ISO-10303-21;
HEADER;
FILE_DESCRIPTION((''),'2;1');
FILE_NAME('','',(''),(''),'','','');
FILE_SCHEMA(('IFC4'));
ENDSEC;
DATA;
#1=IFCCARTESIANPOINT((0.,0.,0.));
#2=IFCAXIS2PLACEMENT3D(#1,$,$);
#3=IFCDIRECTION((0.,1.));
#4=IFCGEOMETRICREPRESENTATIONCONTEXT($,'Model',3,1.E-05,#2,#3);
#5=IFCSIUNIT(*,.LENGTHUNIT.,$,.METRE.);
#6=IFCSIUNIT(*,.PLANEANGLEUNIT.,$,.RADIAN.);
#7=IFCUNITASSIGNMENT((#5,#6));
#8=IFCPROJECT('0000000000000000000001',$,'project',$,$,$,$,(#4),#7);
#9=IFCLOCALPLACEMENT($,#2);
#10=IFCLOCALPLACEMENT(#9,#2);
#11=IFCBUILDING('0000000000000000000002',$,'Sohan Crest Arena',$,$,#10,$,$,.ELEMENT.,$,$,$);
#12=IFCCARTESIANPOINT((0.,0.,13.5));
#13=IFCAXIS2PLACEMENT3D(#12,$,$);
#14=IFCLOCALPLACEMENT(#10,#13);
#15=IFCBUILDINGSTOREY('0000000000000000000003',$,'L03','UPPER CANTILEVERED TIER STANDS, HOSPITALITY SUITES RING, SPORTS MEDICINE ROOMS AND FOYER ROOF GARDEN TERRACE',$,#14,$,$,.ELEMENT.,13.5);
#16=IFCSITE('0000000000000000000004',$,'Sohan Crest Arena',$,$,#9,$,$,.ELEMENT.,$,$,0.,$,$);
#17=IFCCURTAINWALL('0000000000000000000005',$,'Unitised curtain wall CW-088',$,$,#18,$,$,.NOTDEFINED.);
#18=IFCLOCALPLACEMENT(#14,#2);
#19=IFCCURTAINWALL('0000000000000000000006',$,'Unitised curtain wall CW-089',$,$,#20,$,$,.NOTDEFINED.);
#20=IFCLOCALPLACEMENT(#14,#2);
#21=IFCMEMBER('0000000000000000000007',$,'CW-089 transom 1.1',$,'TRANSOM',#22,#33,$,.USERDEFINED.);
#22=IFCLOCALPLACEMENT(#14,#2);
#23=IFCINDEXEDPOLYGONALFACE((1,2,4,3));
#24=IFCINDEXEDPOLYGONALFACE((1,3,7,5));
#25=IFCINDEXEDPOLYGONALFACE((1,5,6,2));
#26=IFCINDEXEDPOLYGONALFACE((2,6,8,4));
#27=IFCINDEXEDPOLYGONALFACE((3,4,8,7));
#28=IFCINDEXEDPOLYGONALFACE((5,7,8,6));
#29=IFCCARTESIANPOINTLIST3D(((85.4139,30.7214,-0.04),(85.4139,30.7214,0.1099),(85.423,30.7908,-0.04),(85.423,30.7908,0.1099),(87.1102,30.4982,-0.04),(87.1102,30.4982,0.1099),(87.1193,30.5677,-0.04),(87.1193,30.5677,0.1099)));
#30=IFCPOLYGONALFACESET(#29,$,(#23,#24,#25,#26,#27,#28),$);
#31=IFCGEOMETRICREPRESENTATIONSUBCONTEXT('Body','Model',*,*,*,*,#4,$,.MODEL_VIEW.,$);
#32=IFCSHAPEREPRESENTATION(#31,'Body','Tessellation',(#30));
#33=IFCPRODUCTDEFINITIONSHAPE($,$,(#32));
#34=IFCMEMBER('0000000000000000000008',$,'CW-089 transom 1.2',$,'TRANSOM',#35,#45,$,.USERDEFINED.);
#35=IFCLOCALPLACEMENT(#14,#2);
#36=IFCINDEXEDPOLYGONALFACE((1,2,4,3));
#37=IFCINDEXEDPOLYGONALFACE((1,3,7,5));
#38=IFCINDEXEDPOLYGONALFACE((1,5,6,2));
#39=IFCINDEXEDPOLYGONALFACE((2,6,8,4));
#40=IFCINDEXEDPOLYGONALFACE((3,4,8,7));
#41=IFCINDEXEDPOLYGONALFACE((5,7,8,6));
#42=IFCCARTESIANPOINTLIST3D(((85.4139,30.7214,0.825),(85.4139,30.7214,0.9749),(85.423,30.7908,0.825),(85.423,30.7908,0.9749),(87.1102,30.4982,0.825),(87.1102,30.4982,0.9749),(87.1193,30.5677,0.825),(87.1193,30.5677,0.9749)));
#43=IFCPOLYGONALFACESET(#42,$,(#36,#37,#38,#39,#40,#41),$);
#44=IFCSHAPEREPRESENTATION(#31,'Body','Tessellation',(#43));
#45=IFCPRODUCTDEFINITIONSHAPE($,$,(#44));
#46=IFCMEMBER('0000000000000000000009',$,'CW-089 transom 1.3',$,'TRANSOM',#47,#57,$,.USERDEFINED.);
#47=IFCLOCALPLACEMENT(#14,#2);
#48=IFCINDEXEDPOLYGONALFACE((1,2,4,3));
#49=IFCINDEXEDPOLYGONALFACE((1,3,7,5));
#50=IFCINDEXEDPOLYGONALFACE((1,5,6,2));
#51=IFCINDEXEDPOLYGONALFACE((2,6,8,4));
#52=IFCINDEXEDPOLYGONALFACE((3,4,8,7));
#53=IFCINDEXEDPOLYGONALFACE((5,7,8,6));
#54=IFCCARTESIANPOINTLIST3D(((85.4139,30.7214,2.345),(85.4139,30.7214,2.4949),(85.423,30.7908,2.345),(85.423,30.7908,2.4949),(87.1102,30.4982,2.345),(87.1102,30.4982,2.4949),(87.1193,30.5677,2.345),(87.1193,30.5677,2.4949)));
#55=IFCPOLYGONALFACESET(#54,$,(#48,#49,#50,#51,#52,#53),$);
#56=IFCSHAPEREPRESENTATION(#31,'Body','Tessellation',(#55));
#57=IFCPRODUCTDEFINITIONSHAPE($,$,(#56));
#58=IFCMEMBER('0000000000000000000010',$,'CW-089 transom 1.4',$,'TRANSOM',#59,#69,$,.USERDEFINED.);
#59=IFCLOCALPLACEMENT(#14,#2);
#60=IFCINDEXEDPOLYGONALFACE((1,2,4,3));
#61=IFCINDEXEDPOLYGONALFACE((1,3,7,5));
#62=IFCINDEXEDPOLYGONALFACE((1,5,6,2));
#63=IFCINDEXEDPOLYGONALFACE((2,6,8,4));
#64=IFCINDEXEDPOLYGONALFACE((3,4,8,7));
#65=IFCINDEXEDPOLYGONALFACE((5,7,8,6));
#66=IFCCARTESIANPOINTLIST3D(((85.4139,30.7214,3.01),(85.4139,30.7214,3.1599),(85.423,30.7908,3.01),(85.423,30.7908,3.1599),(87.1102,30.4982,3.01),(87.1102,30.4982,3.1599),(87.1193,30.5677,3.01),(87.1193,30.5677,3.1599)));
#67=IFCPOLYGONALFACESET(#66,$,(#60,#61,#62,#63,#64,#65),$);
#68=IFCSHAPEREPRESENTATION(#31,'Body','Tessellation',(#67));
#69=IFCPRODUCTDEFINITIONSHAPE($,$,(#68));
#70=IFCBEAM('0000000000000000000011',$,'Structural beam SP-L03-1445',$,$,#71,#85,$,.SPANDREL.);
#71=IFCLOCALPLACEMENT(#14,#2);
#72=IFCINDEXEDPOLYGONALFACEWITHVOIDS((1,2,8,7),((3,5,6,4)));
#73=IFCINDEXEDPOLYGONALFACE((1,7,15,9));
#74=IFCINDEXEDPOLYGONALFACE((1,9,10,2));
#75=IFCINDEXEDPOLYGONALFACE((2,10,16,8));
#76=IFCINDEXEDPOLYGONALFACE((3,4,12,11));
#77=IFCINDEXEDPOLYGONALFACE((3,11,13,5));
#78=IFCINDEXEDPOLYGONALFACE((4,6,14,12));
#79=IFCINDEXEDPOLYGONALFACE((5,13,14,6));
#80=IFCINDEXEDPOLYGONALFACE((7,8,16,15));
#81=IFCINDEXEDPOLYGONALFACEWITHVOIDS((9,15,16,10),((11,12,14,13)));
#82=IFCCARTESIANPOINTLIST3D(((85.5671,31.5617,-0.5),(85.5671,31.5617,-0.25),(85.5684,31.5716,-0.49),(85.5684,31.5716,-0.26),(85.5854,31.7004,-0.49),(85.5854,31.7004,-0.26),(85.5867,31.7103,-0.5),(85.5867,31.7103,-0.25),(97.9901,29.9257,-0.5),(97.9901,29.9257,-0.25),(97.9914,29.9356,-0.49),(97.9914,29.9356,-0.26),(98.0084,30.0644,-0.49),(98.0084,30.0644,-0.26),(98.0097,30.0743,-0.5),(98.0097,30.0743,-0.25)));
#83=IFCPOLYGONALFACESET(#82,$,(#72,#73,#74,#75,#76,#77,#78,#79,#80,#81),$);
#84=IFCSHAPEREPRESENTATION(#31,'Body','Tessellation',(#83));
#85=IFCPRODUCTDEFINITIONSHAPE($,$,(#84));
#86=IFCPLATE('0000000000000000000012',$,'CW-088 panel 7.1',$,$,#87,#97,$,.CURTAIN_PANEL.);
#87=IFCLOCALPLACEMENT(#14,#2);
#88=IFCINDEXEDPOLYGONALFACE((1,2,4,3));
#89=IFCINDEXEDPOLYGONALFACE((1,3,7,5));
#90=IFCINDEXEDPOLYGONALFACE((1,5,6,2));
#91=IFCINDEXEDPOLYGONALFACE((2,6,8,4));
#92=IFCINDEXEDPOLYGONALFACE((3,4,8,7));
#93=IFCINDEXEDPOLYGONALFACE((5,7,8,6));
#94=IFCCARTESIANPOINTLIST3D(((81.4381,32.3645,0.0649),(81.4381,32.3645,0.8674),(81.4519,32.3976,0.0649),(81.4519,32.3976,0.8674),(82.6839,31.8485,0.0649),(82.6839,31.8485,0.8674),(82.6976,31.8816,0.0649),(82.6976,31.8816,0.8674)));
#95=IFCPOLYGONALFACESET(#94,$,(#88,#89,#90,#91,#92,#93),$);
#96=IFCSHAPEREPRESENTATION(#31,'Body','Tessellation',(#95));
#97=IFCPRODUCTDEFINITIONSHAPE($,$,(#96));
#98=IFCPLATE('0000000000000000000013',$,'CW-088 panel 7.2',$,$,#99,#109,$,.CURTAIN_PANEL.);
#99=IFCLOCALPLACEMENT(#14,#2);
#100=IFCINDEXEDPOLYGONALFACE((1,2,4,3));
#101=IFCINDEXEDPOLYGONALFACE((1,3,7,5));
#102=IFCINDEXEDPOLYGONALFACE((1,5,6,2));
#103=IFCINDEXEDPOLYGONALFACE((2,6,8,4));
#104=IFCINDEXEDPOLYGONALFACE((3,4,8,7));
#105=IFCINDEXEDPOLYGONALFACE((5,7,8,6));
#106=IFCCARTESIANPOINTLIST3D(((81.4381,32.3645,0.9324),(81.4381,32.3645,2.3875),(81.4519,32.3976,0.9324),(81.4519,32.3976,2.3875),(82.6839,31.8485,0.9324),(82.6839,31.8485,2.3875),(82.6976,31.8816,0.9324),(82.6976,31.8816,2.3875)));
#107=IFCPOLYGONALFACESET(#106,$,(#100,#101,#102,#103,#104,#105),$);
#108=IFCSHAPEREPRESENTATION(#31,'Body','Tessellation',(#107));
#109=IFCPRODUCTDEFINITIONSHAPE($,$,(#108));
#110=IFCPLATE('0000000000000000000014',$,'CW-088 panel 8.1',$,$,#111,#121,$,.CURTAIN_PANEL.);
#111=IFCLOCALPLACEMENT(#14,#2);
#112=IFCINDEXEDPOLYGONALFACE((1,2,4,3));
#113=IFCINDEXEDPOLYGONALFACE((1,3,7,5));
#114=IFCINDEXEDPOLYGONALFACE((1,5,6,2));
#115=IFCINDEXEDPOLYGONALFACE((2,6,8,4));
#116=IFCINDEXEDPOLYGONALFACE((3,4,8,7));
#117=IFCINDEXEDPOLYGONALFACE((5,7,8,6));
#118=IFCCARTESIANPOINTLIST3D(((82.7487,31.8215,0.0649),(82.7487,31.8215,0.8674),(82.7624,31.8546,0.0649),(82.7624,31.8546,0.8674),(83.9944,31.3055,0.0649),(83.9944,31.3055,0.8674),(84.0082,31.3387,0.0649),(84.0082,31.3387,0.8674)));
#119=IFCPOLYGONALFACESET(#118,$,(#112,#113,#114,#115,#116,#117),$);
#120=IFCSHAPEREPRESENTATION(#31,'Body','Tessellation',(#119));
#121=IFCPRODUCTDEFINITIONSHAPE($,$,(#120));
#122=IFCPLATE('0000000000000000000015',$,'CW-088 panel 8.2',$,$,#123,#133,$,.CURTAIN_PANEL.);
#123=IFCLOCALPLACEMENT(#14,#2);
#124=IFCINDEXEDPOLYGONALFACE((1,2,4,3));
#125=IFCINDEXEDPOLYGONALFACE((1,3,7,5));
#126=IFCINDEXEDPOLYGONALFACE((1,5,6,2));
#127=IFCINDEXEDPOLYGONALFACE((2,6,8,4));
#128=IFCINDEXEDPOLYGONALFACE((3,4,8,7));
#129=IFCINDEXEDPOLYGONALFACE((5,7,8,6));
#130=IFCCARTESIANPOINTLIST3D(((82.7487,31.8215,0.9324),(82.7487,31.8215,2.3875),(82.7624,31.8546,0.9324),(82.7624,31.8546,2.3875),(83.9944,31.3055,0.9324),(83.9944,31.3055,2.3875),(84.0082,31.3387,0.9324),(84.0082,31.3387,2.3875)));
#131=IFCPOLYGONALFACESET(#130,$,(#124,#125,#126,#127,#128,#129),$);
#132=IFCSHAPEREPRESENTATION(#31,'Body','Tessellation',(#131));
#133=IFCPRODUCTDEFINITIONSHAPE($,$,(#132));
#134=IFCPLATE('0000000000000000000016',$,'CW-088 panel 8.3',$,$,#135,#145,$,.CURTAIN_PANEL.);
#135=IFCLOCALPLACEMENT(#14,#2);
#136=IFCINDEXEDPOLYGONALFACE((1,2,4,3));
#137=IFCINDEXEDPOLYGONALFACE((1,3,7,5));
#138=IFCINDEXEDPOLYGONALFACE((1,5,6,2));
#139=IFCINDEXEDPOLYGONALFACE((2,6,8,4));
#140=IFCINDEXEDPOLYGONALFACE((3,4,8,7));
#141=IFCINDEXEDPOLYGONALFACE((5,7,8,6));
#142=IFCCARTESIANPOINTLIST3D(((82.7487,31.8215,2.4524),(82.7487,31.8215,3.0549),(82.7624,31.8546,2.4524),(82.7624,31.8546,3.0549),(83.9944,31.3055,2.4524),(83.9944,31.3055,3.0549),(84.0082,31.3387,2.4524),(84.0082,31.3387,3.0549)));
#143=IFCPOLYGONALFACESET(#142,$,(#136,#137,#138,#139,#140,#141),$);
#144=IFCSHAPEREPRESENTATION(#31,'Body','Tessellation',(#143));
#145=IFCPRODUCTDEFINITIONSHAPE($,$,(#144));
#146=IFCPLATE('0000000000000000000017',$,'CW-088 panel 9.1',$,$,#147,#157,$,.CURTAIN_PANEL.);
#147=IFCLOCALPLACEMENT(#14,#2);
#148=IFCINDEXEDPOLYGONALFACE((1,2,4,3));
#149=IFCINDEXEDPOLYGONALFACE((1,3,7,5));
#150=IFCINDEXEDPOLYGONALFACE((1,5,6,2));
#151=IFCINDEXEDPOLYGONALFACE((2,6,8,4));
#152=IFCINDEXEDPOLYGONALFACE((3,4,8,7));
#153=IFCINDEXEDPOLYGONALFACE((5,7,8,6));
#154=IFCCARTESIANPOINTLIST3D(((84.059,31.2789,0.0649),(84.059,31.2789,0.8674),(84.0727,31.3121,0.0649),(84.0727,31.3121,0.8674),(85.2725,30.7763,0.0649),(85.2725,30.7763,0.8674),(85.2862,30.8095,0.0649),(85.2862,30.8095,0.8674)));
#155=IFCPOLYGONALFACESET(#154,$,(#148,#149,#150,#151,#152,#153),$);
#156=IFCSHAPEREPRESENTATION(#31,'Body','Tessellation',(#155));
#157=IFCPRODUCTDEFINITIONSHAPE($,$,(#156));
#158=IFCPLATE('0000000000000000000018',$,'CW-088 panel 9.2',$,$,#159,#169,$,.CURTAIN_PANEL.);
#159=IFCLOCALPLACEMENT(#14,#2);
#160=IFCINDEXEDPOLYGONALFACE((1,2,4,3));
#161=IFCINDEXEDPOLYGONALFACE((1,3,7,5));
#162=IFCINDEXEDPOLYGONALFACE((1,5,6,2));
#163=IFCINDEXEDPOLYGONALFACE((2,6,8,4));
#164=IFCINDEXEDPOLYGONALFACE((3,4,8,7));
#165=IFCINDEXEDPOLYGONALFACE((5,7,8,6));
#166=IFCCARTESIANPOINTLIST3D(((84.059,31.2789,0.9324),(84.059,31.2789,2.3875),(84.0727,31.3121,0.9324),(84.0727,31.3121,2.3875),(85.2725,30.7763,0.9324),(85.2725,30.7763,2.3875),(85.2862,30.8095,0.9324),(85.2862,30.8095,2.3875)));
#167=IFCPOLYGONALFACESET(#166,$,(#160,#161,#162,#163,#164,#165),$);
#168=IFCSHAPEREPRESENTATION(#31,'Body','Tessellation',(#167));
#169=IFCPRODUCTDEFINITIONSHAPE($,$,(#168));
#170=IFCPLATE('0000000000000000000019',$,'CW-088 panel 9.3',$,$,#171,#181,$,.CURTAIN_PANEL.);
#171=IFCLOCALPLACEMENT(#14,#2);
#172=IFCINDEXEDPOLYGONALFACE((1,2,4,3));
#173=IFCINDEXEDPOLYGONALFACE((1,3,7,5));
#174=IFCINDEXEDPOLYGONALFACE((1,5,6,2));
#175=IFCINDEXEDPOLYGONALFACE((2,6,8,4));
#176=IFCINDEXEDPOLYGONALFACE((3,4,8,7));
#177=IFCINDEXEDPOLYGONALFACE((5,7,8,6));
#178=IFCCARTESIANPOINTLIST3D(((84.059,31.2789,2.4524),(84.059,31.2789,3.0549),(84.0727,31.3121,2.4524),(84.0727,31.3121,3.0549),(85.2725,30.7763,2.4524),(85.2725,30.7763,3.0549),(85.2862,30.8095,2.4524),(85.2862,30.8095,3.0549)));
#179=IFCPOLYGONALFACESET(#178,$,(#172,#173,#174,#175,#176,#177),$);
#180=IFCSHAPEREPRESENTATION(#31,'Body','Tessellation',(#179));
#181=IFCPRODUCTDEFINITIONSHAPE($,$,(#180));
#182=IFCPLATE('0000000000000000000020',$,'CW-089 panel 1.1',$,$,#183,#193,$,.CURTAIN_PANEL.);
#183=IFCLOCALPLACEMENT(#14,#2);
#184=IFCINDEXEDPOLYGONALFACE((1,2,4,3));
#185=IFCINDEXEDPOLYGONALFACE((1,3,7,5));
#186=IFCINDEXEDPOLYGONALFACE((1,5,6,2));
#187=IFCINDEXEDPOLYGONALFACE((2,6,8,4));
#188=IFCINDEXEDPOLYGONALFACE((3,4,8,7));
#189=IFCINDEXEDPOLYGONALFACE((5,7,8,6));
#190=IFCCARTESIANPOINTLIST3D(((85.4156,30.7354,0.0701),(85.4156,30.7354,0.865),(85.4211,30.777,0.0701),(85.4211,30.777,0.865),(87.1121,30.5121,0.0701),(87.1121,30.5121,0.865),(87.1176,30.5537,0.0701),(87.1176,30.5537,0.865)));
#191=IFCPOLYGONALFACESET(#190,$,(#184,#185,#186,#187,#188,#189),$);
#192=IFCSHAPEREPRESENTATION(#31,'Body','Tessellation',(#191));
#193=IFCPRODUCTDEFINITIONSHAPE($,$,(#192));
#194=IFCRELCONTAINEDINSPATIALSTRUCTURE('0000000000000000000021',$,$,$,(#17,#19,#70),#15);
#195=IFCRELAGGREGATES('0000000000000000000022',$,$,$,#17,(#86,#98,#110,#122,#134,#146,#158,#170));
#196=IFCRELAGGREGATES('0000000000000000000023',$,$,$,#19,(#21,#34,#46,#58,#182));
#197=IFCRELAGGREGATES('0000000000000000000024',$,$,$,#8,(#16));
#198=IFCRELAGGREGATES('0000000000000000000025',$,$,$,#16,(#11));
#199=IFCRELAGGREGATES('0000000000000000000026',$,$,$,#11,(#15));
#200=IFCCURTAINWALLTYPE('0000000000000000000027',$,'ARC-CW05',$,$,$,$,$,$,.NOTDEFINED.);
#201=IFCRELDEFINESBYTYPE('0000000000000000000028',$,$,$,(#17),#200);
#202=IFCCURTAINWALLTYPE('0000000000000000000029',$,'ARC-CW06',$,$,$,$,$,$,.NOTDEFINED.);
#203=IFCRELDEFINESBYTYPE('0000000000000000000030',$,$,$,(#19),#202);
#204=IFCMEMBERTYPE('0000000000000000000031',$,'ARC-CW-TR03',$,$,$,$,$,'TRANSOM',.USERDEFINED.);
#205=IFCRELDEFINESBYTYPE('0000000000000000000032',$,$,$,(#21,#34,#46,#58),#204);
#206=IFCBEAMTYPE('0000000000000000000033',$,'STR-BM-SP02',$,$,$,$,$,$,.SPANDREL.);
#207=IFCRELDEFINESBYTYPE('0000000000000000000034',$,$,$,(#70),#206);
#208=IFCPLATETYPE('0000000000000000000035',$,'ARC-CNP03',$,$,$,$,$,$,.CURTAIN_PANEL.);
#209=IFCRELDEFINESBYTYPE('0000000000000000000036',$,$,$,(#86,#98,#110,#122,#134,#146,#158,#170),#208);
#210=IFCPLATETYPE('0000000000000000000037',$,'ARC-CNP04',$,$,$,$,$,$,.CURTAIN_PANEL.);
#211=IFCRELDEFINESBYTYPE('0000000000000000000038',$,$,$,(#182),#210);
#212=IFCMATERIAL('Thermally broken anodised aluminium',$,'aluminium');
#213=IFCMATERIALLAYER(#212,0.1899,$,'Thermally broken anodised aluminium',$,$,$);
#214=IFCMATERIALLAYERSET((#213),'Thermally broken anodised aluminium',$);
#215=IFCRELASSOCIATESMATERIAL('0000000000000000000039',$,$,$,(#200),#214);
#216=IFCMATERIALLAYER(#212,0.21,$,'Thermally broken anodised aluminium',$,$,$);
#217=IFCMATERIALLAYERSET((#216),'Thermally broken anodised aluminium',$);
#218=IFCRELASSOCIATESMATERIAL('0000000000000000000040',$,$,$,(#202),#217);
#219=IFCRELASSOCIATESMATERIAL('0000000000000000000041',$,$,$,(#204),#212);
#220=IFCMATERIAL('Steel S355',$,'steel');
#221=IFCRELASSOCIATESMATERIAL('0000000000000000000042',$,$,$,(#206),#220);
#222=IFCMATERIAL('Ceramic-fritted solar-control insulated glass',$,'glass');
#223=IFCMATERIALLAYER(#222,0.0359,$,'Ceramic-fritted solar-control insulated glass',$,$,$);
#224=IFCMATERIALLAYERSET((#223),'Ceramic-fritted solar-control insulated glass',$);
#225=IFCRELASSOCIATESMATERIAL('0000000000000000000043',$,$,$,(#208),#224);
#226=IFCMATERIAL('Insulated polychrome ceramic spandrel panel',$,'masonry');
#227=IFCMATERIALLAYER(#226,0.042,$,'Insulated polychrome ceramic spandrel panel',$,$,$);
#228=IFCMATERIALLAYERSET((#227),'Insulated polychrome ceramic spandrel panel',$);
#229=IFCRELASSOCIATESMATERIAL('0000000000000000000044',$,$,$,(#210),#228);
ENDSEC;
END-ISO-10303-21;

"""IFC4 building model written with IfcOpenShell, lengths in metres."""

from ifc_helpers import new_model, si_unit, direction, frame, origin, origin_2d, place, context, subcontext, project, spatial, rectangle, hollow_rectangle, extrude, material, layer, layer_set, material_profile, profile_set, type_object, element, aggregate, save


model = new_model("IFC4")

# Units and contexts
model_context = context("Model", 3, precision=1e-05, world=origin(), true_north=direction((0.0, 1.0)))
body_context = subcontext(model_context, "Body", "Model", "MODEL_VIEW")
ifc_project = project(units=[si_unit("LENGTHUNIT", "METRE"), si_unit("PLANEANGLEUNIT", "RADIAN")], contexts=[model_context])

# Site, building, storey
site_placement = place(None, origin())
site = spatial("IfcSite", under=ifc_project, at=site_placement, Name="Sohan Crest Arena", CompositionType="ELEMENT", RefElevation=0.0)
building_placement = place(site_placement, origin())
building = spatial("IfcBuilding", under=site, at=building_placement, Name="Sohan Crest Arena", CompositionType="ELEMENT")
storey_placement = place(building_placement, frame((0.0, 0.0, 13.5)))
storey = spatial("IfcBuildingStorey", under=building, at=storey_placement, Name="L03", Description="UPPER CANTILEVERED TIER STANDS, HOSPITALITY SUITES RING, SPORTS MEDICINE ROOMS AND FOYER ROOF GARDEN TERRACE", CompositionType="ELEMENT", Elevation=13.5)

# Shared definitions
ifc_material_1 = material(Name="Steel S355", Category="steel")

# Curtain wall
ifc_material_2 = material(Name="Thermally broken anodised aluminium", Category="aluminium")
ifc_layer_1 = layer(ifc_material_2, 0.1899, Name="Thermally broken anodised aluminium")
ifc_layer_set_1 = layer_set([ifc_layer_1], Name="Thermally broken anodised aluminium")
curtain_wall_type_1 = type_object("IfcCurtainWallType", Name="ARC-CW05", PredefinedType="NOTDEFINED", material=ifc_layer_set_1)
curtain_wall_1_placement = place(storey_placement, origin())
curtain_wall_1 = element("IfcCurtainWall", 1, at=curtain_wall_1_placement, inside=storey, type_object=curtain_wall_type_1, Name="Unitised curtain wall CW-088", PredefinedType="NOTDEFINED")

# Curtain wall
ifc_layer_2 = layer(ifc_material_2, 0.21, Name="Thermally broken anodised aluminium")
ifc_layer_set_2 = layer_set([ifc_layer_2], Name="Thermally broken anodised aluminium")
curtain_wall_type_2 = type_object("IfcCurtainWallType", Name="ARC-CW06", PredefinedType="NOTDEFINED", material=ifc_layer_set_2)
curtain_wall_2_placement = place(storey_placement, origin())
curtain_wall_2 = element("IfcCurtainWall", 2, at=curtain_wall_2_placement, inside=storey, type_object=curtain_wall_type_2, Name="Unitised curtain wall CW-089", PredefinedType="NOTDEFINED")

# Members
ifc_material_profile_1 = material_profile(ifc_material_2, rectangle(XDim=0.0701, YDim=0.1499, at=origin_2d()), Name="ALU-TRAN 70x150")
ifc_profile_set_1 = profile_set([ifc_material_profile_1], Name="Thermally broken anodised aluminium")
member_type_1 = type_object("IfcMemberType", Name="ARC-CW-TR03", ElementType="TRANSOM", PredefinedType="USERDEFINED", material=ifc_profile_set_1)
member_1_placement = place(storey_placement, frame((85.4185, 30.7561, 0.0349), z_axis=(0.991458, -0.130425, 0.0), x_axis=(0.130425, 0.991458, 0.0)))
member_1 = element("IfcMember", 3, at=member_1_placement, type_object=member_type_1, Name="CW-089 transom 1.1", ObjectType="TRANSOM", PredefinedType="USERDEFINED", context=body_context, shape_type="SweptSolid", body=[
    extrude(rectangle(XDim=0.0701, YDim=0.1499, at=origin_2d()), origin(), (0.0, 0.0, 1.0), 1.7109),
])
member_2_placement = place(storey_placement, frame((85.4185, 30.7561, 0.8999), z_axis=(0.991458, -0.130425, 0.0), x_axis=(0.130425, 0.991458, 0.0)))
member_2 = element("IfcMember", 4, at=member_2_placement, type_object=member_type_1, Name="CW-089 transom 1.2", ObjectType="TRANSOM", PredefinedType="USERDEFINED", context=body_context, shape_type="SweptSolid", body=[
    extrude(rectangle(XDim=0.0701, YDim=0.1499, at=origin_2d()), origin(), (0.0, 0.0, 1.0), 1.7109),
])
member_3_placement = place(storey_placement, frame((85.4185, 30.7561, 2.4199), z_axis=(0.991458, -0.130425, 0.0), x_axis=(0.130425, 0.991458, 0.0)))
member_3 = element("IfcMember", 5, at=member_3_placement, type_object=member_type_1, Name="CW-089 transom 1.3", ObjectType="TRANSOM", PredefinedType="USERDEFINED", context=body_context, shape_type="SweptSolid", body=[
    extrude(rectangle(XDim=0.0701, YDim=0.1499, at=origin_2d()), origin(), (0.0, 0.0, 1.0), 1.7109),
])
member_4_placement = place(storey_placement, frame((85.4185, 30.7561, 3.085), z_axis=(0.991458, -0.130425, 0.0), x_axis=(0.130425, 0.991458, 0.0)))
member_4 = element("IfcMember", 6, at=member_4_placement, type_object=member_type_1, Name="CW-089 transom 1.4", ObjectType="TRANSOM", PredefinedType="USERDEFINED", context=body_context, shape_type="SweptSolid", body=[
    extrude(rectangle(XDim=0.0701, YDim=0.1499, at=origin_2d()), origin(), (0.0, 0.0, 1.0), 1.7109),
])

# Beam
ifc_material_profile_2 = material_profile(ifc_material_1, hollow_rectangle(XDim=0.1499, YDim=0.25, WallThickness=0.01, at=origin_2d()), Name="RHS 250x150x10")
ifc_profile_set_2 = profile_set([ifc_material_profile_2], Name="Steel S355")
beam_type = type_object("IfcBeamType", Name="STR-BM-SP02", PredefinedType="SPANDREL", material=ifc_profile_set_2)
beam_placement = place(storey_placement, frame((85.5769, 31.636, -0.375), z_axis=(0.99144, -0.130562, 0.0), x_axis=(0.130562, 0.99144, 0.0)))
element("IfcBeam", 7, at=beam_placement, inside=storey, type_object=beam_type, Name="Structural beam SP-L03-1445", PredefinedType="SPANDREL", context=body_context, shape_type="SweptSolid", body=[
    extrude(hollow_rectangle(XDim=0.1499, YDim=0.25, WallThickness=0.01, at=origin_2d()), origin(), (0.0, 0.0, 1.0), 12.5303),
])

# Plates
ifc_material_3 = material(Name="Ceramic-fritted solar-control insulated glass", Category="glass")
ifc_layer_3 = layer(ifc_material_3, 0.0359, Name="Ceramic-fritted solar-control insulated glass")
ifc_layer_set_3 = layer_set([ifc_layer_3], Name="Ceramic-fritted solar-control insulated glass")
plate_type_1 = type_object("IfcPlateType", Name="ARC-CNP03", PredefinedType="CURTAIN_PANEL", material=ifc_layer_set_3)
plate_1_placement = place(storey_placement, frame((82.0679, 32.123, 0.0649), z_axis=(0.0, 0.0, 1.0), x_axis=(0.923886, -0.382668, 0.0)))
plate_1 = element("IfcPlate", 8, at=plate_1_placement, type_object=plate_type_1, Name="CW-088 panel 7.1", PredefinedType="CURTAIN_PANEL", context=body_context, shape_type="SweptSolid", body=[
    extrude(rectangle(XDim=1.3484, YDim=0.0359, at=origin_2d()), origin(), (0.0, 0.0, 1.0), 0.8025),
])
plate_2_placement = place(storey_placement, frame((82.0679, 32.123, 0.9324), z_axis=(0.0, 0.0, 1.0), x_axis=(0.923886, -0.382668, 0.0)))
plate_2 = element("IfcPlate", 9, at=plate_2_placement, type_object=plate_type_1, Name="CW-088 panel 7.2", PredefinedType="CURTAIN_PANEL", context=body_context, shape_type="SweptSolid", body=[
    extrude(rectangle(XDim=1.3484, YDim=0.0359, at=origin_2d()), origin(), (0.0, 0.0, 1.0), 1.4551),
])
plate_3_placement = place(storey_placement, frame((83.3784, 31.5801, 0.0649), z_axis=(0.0, 0.0, 1.0), x_axis=(0.923886, -0.382668, 0.0)))
plate_3 = element("IfcPlate", 10, at=plate_3_placement, type_object=plate_type_1, Name="CW-088 panel 8.1", PredefinedType="CURTAIN_PANEL", context=body_context, shape_type="SweptSolid", body=[
    extrude(rectangle(XDim=1.3484, YDim=0.0359, at=origin_2d()), origin(), (0.0, 0.0, 1.0), 0.8025),
])
plate_4_placement = place(storey_placement, frame((83.3784, 31.5801, 0.9324), z_axis=(0.0, 0.0, 1.0), x_axis=(0.923886, -0.382668, 0.0)))
plate_4 = element("IfcPlate", 11, at=plate_4_placement, type_object=plate_type_1, Name="CW-088 panel 8.2", PredefinedType="CURTAIN_PANEL", context=body_context, shape_type="SweptSolid", body=[
    extrude(rectangle(XDim=1.3484, YDim=0.0359, at=origin_2d()), origin(), (0.0, 0.0, 1.0), 1.4551),
])
plate_5_placement = place(storey_placement, frame((83.3784, 31.5801, 2.4524), z_axis=(0.0, 0.0, 1.0), x_axis=(0.923886, -0.382668, 0.0)))
plate_5 = element("IfcPlate", 12, at=plate_5_placement, type_object=plate_type_1, Name="CW-088 panel 8.3", PredefinedType="CURTAIN_PANEL", context=body_context, shape_type="SweptSolid", body=[
    extrude(rectangle(XDim=1.3484, YDim=0.0359, at=origin_2d()), origin(), (0.0, 0.0, 1.0), 0.6025),
])
plate_6_placement = place(storey_placement, frame((84.6726, 31.0442, 0.0649), z_axis=(0.0, 0.0, 1.0), x_axis=(0.923886, -0.382668, 0.0)))
plate_6 = element("IfcPlate", 13, at=plate_6_placement, type_object=plate_type_1, Name="CW-088 panel 9.1", PredefinedType="CURTAIN_PANEL", context=body_context, shape_type="SweptSolid", body=[
    extrude(rectangle(XDim=1.3135, YDim=0.0359, at=origin_2d()), origin(), (0.0, 0.0, 1.0), 0.8025),
])
plate_7_placement = place(storey_placement, frame((84.6726, 31.0442, 0.9324), z_axis=(0.0, 0.0, 1.0), x_axis=(0.923886, -0.382668, 0.0)))
plate_7 = element("IfcPlate", 14, at=plate_7_placement, type_object=plate_type_1, Name="CW-088 panel 9.2", PredefinedType="CURTAIN_PANEL", context=body_context, shape_type="SweptSolid", body=[
    extrude(rectangle(XDim=1.3135, YDim=0.0359, at=origin_2d()), origin(), (0.0, 0.0, 1.0), 1.4551),
])
plate_8_placement = place(storey_placement, frame((84.6726, 31.0442, 2.4524), z_axis=(0.0, 0.0, 1.0), x_axis=(0.923886, -0.382668, 0.0)))
plate_8 = element("IfcPlate", 15, at=plate_8_placement, type_object=plate_type_1, Name="CW-088 panel 9.3", PredefinedType="CURTAIN_PANEL", context=body_context, shape_type="SweptSolid", body=[
    extrude(rectangle(XDim=1.3135, YDim=0.0359, at=origin_2d()), origin(), (0.0, 0.0, 1.0), 0.6025),
])
aggregate(curtain_wall_1, [plate_1, plate_2, plate_3, plate_4, plate_5, plate_6, plate_7, plate_8])
ifc_material_4 = material(Name="Insulated polychrome ceramic spandrel panel", Category="masonry")
ifc_layer_4 = layer(ifc_material_4, 0.042, Name="Insulated polychrome ceramic spandrel panel")
ifc_layer_set_4 = layer_set([ifc_layer_4], Name="Insulated polychrome ceramic spandrel panel")
plate_type_2 = type_object("IfcPlateType", Name="ARC-CNP04", PredefinedType="CURTAIN_PANEL", material=ifc_layer_set_4)
plate_9_placement = place(storey_placement, frame((86.2666, 30.6445, 0.0701), z_axis=(0.0, 0.0, 1.0), x_axis=(0.991447, -0.130511, 0.0)))
plate_9 = element("IfcPlate", 16, at=plate_9_placement, type_object=plate_type_2, Name="CW-089 panel 1.1", PredefinedType="CURTAIN_PANEL", context=body_context, shape_type="SweptSolid", body=[
    extrude(rectangle(XDim=1.7112, YDim=0.042, at=origin_2d()), origin(), (0.0, 0.0, 1.0), 0.7949),
])
aggregate(curtain_wall_2, [member_1, member_2, member_3, member_4, plate_9])

save(model, "model.ifc")
